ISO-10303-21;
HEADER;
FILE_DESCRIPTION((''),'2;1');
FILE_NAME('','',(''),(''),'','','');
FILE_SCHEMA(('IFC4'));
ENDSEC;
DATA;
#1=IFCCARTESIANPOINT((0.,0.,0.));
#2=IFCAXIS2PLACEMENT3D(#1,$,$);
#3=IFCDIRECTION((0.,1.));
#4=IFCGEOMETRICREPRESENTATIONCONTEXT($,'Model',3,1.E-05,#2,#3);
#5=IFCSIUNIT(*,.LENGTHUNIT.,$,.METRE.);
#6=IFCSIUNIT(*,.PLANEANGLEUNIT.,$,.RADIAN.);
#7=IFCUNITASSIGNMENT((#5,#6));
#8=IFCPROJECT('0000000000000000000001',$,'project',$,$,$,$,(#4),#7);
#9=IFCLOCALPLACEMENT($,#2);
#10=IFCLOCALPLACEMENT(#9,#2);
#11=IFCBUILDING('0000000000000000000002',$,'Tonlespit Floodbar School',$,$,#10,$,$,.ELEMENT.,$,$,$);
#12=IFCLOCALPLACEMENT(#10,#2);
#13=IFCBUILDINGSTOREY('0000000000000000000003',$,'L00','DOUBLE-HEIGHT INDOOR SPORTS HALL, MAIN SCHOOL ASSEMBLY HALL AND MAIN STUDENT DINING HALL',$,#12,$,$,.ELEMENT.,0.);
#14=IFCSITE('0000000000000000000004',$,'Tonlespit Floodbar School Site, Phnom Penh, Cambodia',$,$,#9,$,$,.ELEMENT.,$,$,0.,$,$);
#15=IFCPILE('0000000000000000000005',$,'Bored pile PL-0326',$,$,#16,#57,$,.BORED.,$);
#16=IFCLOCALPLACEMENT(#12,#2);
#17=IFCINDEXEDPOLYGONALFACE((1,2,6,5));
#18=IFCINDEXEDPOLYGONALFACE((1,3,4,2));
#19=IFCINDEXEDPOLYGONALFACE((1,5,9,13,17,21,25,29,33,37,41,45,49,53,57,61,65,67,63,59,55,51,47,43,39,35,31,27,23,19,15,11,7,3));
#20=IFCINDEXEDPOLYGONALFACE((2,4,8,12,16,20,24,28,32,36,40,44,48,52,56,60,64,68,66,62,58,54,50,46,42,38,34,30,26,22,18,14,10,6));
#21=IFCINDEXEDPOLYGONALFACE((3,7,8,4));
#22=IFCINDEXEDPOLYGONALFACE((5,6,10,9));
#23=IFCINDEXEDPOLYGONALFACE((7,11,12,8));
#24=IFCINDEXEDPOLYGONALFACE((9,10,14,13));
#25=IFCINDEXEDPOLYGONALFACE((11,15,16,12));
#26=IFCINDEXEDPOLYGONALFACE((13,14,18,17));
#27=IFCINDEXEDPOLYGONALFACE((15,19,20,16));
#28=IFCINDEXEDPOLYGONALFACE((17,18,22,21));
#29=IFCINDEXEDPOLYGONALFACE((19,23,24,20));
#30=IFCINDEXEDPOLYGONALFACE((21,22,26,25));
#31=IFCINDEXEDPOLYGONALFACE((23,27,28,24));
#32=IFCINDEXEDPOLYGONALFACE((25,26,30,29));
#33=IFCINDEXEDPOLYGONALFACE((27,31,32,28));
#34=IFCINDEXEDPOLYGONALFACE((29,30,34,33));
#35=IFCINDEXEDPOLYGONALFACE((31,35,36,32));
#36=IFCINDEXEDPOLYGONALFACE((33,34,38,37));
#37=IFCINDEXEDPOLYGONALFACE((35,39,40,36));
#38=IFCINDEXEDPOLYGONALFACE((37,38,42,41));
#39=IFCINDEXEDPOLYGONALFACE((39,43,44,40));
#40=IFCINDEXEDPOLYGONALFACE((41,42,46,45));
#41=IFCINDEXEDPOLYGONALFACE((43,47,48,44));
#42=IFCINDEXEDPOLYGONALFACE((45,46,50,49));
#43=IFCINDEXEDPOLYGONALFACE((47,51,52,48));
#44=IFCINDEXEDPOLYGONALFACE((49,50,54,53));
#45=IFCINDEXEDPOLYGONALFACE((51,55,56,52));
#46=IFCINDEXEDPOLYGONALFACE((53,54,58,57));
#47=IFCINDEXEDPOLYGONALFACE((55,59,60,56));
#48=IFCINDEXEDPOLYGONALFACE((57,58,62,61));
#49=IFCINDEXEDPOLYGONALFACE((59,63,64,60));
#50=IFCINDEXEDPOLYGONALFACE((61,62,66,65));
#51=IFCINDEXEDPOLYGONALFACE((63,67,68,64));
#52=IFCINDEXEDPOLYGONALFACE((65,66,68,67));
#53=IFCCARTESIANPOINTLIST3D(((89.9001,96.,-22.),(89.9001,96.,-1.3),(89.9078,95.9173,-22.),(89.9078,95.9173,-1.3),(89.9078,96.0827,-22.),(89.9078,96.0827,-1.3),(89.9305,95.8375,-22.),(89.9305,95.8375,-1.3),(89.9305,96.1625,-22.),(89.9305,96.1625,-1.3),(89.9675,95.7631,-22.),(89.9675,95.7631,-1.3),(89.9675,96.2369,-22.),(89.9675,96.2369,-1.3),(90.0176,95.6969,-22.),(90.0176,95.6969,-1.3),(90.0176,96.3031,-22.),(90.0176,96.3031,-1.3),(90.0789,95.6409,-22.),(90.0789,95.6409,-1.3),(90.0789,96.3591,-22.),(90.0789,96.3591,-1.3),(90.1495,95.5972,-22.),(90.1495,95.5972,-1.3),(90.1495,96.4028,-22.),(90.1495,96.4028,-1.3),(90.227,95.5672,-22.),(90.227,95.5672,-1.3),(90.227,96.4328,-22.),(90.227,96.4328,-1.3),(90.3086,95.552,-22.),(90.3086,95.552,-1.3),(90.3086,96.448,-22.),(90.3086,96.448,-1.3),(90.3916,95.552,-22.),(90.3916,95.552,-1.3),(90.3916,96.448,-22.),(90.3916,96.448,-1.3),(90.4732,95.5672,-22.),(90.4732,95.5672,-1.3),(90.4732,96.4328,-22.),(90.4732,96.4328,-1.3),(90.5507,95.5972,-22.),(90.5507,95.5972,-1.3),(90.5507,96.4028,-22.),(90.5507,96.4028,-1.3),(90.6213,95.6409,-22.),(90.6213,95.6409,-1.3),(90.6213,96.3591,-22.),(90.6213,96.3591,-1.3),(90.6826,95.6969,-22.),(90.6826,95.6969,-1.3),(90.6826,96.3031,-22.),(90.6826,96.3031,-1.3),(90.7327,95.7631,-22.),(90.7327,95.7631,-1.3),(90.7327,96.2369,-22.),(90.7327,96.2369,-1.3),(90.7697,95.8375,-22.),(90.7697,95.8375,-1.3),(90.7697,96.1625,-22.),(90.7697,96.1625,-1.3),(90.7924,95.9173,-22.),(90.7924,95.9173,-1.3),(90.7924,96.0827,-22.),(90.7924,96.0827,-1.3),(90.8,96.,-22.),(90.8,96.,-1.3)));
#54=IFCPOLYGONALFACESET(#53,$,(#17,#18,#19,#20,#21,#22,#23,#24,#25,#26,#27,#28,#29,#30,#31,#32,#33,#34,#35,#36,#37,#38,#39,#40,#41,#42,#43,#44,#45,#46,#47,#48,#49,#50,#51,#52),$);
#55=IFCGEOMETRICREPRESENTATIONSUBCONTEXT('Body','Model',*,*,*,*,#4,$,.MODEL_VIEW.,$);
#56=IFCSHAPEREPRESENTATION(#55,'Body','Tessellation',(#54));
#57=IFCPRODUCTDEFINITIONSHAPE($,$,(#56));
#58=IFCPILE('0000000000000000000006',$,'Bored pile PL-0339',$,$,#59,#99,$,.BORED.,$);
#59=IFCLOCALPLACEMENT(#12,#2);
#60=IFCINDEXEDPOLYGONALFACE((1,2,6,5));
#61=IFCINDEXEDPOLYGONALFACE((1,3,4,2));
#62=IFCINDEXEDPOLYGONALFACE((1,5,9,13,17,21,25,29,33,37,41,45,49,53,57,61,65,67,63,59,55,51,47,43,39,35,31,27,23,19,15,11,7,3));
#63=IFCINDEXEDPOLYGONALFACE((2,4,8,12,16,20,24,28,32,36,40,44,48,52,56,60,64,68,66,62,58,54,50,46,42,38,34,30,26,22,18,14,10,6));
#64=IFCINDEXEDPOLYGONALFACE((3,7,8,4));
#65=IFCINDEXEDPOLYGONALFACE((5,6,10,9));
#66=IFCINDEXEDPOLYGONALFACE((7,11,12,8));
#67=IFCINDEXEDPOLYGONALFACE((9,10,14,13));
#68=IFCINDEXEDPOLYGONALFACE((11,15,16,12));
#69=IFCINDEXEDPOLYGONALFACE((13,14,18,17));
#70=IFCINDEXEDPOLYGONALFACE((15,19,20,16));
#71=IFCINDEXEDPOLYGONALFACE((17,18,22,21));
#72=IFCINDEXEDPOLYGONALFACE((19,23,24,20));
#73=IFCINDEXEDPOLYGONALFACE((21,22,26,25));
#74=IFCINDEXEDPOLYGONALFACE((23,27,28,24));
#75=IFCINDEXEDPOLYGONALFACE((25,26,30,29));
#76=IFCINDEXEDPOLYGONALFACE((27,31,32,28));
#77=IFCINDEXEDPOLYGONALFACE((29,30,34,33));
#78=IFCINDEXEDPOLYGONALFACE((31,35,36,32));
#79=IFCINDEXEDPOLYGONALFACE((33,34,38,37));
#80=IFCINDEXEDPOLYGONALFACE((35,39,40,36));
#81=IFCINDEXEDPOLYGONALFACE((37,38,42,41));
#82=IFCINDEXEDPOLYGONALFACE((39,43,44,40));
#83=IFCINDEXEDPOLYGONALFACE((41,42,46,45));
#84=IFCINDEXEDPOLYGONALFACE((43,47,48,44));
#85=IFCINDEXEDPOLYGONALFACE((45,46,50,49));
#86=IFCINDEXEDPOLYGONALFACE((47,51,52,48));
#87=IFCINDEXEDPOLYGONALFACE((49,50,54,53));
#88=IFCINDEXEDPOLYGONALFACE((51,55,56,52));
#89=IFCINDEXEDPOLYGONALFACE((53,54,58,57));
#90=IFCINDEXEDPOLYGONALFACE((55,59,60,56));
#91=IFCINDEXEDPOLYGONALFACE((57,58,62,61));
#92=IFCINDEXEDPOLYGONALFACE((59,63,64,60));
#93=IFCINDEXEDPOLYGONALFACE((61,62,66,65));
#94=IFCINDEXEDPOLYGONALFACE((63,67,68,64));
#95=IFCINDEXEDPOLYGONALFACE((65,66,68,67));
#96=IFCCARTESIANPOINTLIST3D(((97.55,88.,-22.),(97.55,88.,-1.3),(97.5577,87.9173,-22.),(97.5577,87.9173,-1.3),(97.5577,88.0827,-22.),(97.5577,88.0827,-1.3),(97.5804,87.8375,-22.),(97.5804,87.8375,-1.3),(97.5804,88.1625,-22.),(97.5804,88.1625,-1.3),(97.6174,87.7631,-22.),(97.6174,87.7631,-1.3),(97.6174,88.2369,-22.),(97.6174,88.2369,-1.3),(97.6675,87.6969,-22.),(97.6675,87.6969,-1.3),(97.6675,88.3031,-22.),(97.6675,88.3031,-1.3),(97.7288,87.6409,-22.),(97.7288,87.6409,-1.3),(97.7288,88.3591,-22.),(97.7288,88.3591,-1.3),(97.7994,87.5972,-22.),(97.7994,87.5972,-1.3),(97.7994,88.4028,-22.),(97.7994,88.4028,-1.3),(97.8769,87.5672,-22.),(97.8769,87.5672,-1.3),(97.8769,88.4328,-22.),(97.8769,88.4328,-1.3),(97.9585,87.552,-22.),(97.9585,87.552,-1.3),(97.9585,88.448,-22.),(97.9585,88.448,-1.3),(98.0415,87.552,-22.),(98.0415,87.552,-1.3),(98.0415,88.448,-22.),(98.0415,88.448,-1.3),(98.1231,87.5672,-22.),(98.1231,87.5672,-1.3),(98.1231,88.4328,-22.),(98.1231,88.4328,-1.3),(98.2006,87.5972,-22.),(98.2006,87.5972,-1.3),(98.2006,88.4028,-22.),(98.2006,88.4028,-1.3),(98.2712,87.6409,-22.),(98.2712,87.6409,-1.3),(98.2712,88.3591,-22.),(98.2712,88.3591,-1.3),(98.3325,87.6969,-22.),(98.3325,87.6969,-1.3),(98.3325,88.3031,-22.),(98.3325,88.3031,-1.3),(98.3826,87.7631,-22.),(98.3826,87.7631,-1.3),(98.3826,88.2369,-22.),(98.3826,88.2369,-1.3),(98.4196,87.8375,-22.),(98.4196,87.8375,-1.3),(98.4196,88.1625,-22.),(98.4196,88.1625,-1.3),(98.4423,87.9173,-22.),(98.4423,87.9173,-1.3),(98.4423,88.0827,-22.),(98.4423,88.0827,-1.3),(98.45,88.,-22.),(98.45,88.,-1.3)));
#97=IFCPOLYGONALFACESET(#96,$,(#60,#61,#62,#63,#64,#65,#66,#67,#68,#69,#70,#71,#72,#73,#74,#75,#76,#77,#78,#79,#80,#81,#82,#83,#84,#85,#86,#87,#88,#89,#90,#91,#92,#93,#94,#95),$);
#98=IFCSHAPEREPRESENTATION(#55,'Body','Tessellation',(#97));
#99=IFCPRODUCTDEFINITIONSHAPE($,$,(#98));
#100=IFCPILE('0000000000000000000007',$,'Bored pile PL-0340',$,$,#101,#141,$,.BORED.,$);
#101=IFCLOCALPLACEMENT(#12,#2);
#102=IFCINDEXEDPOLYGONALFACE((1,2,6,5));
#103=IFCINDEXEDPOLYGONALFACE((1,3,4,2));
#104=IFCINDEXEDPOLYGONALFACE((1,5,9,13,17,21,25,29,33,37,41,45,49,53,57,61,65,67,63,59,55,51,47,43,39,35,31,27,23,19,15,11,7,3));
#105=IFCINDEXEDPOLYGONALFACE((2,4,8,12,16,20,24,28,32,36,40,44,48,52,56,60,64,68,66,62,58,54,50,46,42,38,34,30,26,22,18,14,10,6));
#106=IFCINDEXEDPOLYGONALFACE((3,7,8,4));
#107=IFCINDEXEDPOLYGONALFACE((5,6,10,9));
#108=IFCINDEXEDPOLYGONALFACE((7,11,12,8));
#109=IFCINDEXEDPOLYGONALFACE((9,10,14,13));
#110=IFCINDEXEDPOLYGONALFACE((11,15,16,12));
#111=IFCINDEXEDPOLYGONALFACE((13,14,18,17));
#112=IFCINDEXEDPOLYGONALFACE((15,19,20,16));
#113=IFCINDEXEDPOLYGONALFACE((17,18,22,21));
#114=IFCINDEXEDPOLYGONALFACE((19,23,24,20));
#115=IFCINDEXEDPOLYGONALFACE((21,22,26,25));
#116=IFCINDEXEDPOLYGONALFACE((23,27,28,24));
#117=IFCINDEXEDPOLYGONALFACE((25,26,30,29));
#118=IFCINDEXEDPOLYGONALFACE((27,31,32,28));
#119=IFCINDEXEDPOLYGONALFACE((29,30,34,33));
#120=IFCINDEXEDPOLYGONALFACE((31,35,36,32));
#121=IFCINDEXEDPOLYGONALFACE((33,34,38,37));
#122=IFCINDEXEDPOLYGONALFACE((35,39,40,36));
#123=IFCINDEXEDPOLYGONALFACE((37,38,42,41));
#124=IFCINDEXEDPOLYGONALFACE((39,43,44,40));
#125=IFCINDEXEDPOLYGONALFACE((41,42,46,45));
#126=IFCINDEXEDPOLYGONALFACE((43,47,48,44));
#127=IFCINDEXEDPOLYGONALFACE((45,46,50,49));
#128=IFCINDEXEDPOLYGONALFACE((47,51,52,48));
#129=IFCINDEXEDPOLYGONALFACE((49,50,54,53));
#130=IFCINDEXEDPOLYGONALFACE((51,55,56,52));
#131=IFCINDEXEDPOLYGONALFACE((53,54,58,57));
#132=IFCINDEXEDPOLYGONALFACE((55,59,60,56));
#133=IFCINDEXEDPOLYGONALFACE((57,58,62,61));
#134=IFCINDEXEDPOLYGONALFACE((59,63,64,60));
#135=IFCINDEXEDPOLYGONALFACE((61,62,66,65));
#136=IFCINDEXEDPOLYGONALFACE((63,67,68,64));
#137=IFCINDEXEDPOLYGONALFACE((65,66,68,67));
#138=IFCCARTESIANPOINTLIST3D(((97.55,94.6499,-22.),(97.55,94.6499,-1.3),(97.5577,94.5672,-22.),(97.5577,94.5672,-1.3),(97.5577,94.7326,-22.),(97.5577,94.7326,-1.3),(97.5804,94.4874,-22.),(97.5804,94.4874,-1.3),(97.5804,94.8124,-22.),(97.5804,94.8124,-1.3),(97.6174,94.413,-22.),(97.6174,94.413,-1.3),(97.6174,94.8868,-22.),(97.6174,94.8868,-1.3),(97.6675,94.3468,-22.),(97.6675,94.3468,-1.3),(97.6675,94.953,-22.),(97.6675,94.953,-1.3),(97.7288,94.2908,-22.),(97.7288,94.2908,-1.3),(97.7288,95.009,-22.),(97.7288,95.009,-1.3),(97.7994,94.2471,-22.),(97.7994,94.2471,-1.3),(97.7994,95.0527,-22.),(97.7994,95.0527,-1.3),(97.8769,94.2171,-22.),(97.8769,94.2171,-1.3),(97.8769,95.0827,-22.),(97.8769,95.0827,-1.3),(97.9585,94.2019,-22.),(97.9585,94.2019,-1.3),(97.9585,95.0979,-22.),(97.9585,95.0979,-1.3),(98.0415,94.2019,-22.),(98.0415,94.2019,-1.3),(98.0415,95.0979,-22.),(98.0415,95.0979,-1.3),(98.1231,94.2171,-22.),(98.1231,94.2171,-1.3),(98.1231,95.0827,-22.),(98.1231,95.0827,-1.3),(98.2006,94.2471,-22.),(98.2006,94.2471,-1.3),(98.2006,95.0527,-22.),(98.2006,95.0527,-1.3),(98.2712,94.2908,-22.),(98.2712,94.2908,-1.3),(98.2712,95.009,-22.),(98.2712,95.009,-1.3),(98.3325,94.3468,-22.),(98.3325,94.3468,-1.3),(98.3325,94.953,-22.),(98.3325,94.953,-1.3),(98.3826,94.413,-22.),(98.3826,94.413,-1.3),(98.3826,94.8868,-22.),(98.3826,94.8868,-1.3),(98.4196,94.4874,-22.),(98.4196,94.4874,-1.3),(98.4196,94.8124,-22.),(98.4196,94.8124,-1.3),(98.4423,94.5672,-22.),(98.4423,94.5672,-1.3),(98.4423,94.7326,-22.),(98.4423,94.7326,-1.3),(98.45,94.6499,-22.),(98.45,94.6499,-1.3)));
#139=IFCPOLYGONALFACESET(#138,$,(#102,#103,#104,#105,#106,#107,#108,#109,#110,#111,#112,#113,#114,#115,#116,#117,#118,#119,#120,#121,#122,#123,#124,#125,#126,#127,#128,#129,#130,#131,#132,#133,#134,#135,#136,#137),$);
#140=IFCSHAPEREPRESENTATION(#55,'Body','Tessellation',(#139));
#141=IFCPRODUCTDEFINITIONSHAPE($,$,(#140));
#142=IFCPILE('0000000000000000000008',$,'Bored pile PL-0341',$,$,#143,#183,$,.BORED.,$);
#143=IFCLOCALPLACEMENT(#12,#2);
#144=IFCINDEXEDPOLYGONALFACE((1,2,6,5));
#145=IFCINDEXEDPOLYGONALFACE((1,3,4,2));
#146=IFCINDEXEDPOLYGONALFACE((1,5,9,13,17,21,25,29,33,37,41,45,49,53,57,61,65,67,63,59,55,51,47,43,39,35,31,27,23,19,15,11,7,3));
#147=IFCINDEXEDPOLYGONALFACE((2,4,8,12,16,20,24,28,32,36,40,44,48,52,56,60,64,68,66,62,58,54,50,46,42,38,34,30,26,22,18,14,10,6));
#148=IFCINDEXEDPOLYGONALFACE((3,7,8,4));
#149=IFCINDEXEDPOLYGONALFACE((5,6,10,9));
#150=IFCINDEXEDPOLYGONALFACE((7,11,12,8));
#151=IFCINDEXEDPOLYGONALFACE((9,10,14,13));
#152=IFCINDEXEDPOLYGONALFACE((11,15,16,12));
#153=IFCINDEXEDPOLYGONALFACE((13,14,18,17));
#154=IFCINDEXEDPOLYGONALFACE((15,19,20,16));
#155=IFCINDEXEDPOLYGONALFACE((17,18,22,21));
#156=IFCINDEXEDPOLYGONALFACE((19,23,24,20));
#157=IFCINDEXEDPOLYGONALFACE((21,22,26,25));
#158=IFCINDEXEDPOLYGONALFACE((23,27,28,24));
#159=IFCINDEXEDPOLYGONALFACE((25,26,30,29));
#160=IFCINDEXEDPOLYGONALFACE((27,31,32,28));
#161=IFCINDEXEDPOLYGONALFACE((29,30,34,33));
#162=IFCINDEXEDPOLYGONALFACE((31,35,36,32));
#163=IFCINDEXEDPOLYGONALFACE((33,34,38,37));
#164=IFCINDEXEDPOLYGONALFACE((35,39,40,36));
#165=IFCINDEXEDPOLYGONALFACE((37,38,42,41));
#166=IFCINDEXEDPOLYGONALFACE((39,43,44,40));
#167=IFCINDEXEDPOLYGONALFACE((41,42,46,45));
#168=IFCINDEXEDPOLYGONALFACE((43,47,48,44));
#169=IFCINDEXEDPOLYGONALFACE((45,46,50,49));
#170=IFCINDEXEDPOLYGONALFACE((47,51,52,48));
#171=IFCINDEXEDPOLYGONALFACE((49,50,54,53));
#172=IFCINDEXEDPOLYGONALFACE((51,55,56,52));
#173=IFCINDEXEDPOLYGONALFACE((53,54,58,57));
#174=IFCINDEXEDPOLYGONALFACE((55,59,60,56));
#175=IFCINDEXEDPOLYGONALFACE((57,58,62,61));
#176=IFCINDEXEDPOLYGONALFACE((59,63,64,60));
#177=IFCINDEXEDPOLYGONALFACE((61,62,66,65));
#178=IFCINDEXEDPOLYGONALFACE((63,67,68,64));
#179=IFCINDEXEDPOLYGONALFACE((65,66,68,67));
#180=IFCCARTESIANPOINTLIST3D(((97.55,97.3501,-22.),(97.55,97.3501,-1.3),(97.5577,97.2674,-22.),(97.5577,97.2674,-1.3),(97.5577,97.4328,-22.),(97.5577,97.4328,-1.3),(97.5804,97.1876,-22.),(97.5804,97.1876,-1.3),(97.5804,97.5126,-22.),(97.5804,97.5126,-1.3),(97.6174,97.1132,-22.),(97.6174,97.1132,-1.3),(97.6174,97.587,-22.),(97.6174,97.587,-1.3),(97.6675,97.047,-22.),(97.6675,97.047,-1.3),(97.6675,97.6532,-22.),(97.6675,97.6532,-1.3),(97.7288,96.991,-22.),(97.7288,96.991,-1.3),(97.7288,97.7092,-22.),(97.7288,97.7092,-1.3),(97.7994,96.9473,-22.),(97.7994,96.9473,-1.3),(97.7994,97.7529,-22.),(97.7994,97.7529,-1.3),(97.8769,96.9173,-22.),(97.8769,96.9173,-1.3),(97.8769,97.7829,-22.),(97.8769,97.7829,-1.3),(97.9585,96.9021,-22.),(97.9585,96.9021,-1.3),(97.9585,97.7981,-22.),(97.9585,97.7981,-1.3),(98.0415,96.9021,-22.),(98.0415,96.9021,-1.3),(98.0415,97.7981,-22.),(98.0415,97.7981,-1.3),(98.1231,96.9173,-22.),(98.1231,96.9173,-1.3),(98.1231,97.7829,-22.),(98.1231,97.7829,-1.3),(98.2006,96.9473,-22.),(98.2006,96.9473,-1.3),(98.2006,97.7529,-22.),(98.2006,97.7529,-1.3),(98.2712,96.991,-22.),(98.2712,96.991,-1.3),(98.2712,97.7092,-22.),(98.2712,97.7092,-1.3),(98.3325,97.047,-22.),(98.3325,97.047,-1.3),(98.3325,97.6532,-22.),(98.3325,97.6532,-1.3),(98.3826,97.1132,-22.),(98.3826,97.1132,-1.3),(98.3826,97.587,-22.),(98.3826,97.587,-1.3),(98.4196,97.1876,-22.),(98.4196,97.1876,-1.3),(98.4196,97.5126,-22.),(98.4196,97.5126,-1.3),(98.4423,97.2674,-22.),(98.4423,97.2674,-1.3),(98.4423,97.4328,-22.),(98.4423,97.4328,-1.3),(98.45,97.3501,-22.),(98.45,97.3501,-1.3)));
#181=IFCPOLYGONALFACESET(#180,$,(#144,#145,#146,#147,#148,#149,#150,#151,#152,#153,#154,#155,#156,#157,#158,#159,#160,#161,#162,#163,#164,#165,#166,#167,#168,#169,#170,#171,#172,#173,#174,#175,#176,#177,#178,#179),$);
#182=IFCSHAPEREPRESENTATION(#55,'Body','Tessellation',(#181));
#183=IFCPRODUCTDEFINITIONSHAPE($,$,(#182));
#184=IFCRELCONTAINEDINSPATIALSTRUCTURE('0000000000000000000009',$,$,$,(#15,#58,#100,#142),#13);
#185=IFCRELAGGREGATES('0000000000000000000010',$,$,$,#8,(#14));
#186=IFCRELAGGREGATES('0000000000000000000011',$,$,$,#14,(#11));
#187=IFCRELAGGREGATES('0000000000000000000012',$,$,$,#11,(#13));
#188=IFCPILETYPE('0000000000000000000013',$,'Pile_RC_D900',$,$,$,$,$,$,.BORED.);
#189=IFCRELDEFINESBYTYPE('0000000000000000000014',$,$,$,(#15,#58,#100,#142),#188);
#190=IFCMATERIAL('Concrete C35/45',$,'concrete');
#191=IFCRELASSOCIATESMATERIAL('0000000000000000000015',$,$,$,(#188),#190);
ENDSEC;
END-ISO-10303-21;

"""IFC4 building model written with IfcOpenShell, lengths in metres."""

from ifc_helpers import new_model, si_unit, direction, frame, origin, origin_2d, place, context, subcontext, project, spatial, circle, extrude, material, material_profile, profile_set, type_object, element, save


model = new_model("IFC4")

# Units and contexts
model_context = context("Model", 3, precision=1e-05, world=origin(), true_north=direction((0.0, 1.0)))
body_context = subcontext(model_context, "Body", "Model", "MODEL_VIEW")
ifc_project = project(units=[si_unit("LENGTHUNIT", "METRE"), si_unit("PLANEANGLEUNIT", "RADIAN")], contexts=[model_context])

# Site, building, storey
site_placement = place(None, origin())
site = spatial("IfcSite", under=ifc_project, at=site_placement, Name="Tonlespit Floodbar School Site, Phnom Penh, Cambodia", CompositionType="ELEMENT", RefElevation=0.0)
building_placement = place(site_placement, origin())
building = spatial("IfcBuilding", under=site, at=building_placement, Name="Tonlespit Floodbar School", CompositionType="ELEMENT")
storey_placement = place(building_placement, origin())
storey = spatial("IfcBuildingStorey", under=building, at=storey_placement, Name="L00", Description="DOUBLE-HEIGHT INDOOR SPORTS HALL, MAIN SCHOOL ASSEMBLY HALL AND MAIN STUDENT DINING HALL", CompositionType="ELEMENT", Elevation=0.0)

# Piles
ifc_material_1 = material(Name="Concrete C35/45", Category="concrete")
ifc_material_profile_1 = material_profile(ifc_material_1, circle(Radius=0.45, at=origin_2d()), Name="BP D900")
ifc_profile_set_1 = profile_set([ifc_material_profile_1], Name="Concrete C35/45")
pile_type_1 = type_object("IfcPileType", Name="Pile_RC_D900", PredefinedType="BORED", material=ifc_profile_set_1)
for number, where, z_axis, x_axis, name in (
    (1, (90.3501, 96.0, -1.3), (0.0, 0.0, -1.0), (1.0, 0.0, 0.0), "Bored pile PL-0326"),
    (2, (98.0, 88.0, -1.3), (0.0, 0.0, -1.0), (1.0, 0.0, 0.0), "Bored pile PL-0339"),
    (3, (98.0, 94.6499, -1.3), (0.0, 0.0, -1.0), (1.0, 0.0, 0.0), "Bored pile PL-0340"),
    (4, (98.0, 97.3501, -1.3), (0.0, 0.0, -1.0), (1.0, 0.0, 0.0), "Bored pile PL-0341"),
):
    element("IfcPile", number, at=place(storey_placement, frame(where, z_axis=z_axis, x_axis=x_axis)), inside=storey, type_object=pile_type_1, Name=name, PredefinedType="BORED", context=body_context, shape_type="SweptSolid", body=[
        extrude(circle(Radius=0.45, at=origin_2d()), origin(), (0.0, 0.0, 1.0), 20.7),
    ])

save(model, "model.ifc")
